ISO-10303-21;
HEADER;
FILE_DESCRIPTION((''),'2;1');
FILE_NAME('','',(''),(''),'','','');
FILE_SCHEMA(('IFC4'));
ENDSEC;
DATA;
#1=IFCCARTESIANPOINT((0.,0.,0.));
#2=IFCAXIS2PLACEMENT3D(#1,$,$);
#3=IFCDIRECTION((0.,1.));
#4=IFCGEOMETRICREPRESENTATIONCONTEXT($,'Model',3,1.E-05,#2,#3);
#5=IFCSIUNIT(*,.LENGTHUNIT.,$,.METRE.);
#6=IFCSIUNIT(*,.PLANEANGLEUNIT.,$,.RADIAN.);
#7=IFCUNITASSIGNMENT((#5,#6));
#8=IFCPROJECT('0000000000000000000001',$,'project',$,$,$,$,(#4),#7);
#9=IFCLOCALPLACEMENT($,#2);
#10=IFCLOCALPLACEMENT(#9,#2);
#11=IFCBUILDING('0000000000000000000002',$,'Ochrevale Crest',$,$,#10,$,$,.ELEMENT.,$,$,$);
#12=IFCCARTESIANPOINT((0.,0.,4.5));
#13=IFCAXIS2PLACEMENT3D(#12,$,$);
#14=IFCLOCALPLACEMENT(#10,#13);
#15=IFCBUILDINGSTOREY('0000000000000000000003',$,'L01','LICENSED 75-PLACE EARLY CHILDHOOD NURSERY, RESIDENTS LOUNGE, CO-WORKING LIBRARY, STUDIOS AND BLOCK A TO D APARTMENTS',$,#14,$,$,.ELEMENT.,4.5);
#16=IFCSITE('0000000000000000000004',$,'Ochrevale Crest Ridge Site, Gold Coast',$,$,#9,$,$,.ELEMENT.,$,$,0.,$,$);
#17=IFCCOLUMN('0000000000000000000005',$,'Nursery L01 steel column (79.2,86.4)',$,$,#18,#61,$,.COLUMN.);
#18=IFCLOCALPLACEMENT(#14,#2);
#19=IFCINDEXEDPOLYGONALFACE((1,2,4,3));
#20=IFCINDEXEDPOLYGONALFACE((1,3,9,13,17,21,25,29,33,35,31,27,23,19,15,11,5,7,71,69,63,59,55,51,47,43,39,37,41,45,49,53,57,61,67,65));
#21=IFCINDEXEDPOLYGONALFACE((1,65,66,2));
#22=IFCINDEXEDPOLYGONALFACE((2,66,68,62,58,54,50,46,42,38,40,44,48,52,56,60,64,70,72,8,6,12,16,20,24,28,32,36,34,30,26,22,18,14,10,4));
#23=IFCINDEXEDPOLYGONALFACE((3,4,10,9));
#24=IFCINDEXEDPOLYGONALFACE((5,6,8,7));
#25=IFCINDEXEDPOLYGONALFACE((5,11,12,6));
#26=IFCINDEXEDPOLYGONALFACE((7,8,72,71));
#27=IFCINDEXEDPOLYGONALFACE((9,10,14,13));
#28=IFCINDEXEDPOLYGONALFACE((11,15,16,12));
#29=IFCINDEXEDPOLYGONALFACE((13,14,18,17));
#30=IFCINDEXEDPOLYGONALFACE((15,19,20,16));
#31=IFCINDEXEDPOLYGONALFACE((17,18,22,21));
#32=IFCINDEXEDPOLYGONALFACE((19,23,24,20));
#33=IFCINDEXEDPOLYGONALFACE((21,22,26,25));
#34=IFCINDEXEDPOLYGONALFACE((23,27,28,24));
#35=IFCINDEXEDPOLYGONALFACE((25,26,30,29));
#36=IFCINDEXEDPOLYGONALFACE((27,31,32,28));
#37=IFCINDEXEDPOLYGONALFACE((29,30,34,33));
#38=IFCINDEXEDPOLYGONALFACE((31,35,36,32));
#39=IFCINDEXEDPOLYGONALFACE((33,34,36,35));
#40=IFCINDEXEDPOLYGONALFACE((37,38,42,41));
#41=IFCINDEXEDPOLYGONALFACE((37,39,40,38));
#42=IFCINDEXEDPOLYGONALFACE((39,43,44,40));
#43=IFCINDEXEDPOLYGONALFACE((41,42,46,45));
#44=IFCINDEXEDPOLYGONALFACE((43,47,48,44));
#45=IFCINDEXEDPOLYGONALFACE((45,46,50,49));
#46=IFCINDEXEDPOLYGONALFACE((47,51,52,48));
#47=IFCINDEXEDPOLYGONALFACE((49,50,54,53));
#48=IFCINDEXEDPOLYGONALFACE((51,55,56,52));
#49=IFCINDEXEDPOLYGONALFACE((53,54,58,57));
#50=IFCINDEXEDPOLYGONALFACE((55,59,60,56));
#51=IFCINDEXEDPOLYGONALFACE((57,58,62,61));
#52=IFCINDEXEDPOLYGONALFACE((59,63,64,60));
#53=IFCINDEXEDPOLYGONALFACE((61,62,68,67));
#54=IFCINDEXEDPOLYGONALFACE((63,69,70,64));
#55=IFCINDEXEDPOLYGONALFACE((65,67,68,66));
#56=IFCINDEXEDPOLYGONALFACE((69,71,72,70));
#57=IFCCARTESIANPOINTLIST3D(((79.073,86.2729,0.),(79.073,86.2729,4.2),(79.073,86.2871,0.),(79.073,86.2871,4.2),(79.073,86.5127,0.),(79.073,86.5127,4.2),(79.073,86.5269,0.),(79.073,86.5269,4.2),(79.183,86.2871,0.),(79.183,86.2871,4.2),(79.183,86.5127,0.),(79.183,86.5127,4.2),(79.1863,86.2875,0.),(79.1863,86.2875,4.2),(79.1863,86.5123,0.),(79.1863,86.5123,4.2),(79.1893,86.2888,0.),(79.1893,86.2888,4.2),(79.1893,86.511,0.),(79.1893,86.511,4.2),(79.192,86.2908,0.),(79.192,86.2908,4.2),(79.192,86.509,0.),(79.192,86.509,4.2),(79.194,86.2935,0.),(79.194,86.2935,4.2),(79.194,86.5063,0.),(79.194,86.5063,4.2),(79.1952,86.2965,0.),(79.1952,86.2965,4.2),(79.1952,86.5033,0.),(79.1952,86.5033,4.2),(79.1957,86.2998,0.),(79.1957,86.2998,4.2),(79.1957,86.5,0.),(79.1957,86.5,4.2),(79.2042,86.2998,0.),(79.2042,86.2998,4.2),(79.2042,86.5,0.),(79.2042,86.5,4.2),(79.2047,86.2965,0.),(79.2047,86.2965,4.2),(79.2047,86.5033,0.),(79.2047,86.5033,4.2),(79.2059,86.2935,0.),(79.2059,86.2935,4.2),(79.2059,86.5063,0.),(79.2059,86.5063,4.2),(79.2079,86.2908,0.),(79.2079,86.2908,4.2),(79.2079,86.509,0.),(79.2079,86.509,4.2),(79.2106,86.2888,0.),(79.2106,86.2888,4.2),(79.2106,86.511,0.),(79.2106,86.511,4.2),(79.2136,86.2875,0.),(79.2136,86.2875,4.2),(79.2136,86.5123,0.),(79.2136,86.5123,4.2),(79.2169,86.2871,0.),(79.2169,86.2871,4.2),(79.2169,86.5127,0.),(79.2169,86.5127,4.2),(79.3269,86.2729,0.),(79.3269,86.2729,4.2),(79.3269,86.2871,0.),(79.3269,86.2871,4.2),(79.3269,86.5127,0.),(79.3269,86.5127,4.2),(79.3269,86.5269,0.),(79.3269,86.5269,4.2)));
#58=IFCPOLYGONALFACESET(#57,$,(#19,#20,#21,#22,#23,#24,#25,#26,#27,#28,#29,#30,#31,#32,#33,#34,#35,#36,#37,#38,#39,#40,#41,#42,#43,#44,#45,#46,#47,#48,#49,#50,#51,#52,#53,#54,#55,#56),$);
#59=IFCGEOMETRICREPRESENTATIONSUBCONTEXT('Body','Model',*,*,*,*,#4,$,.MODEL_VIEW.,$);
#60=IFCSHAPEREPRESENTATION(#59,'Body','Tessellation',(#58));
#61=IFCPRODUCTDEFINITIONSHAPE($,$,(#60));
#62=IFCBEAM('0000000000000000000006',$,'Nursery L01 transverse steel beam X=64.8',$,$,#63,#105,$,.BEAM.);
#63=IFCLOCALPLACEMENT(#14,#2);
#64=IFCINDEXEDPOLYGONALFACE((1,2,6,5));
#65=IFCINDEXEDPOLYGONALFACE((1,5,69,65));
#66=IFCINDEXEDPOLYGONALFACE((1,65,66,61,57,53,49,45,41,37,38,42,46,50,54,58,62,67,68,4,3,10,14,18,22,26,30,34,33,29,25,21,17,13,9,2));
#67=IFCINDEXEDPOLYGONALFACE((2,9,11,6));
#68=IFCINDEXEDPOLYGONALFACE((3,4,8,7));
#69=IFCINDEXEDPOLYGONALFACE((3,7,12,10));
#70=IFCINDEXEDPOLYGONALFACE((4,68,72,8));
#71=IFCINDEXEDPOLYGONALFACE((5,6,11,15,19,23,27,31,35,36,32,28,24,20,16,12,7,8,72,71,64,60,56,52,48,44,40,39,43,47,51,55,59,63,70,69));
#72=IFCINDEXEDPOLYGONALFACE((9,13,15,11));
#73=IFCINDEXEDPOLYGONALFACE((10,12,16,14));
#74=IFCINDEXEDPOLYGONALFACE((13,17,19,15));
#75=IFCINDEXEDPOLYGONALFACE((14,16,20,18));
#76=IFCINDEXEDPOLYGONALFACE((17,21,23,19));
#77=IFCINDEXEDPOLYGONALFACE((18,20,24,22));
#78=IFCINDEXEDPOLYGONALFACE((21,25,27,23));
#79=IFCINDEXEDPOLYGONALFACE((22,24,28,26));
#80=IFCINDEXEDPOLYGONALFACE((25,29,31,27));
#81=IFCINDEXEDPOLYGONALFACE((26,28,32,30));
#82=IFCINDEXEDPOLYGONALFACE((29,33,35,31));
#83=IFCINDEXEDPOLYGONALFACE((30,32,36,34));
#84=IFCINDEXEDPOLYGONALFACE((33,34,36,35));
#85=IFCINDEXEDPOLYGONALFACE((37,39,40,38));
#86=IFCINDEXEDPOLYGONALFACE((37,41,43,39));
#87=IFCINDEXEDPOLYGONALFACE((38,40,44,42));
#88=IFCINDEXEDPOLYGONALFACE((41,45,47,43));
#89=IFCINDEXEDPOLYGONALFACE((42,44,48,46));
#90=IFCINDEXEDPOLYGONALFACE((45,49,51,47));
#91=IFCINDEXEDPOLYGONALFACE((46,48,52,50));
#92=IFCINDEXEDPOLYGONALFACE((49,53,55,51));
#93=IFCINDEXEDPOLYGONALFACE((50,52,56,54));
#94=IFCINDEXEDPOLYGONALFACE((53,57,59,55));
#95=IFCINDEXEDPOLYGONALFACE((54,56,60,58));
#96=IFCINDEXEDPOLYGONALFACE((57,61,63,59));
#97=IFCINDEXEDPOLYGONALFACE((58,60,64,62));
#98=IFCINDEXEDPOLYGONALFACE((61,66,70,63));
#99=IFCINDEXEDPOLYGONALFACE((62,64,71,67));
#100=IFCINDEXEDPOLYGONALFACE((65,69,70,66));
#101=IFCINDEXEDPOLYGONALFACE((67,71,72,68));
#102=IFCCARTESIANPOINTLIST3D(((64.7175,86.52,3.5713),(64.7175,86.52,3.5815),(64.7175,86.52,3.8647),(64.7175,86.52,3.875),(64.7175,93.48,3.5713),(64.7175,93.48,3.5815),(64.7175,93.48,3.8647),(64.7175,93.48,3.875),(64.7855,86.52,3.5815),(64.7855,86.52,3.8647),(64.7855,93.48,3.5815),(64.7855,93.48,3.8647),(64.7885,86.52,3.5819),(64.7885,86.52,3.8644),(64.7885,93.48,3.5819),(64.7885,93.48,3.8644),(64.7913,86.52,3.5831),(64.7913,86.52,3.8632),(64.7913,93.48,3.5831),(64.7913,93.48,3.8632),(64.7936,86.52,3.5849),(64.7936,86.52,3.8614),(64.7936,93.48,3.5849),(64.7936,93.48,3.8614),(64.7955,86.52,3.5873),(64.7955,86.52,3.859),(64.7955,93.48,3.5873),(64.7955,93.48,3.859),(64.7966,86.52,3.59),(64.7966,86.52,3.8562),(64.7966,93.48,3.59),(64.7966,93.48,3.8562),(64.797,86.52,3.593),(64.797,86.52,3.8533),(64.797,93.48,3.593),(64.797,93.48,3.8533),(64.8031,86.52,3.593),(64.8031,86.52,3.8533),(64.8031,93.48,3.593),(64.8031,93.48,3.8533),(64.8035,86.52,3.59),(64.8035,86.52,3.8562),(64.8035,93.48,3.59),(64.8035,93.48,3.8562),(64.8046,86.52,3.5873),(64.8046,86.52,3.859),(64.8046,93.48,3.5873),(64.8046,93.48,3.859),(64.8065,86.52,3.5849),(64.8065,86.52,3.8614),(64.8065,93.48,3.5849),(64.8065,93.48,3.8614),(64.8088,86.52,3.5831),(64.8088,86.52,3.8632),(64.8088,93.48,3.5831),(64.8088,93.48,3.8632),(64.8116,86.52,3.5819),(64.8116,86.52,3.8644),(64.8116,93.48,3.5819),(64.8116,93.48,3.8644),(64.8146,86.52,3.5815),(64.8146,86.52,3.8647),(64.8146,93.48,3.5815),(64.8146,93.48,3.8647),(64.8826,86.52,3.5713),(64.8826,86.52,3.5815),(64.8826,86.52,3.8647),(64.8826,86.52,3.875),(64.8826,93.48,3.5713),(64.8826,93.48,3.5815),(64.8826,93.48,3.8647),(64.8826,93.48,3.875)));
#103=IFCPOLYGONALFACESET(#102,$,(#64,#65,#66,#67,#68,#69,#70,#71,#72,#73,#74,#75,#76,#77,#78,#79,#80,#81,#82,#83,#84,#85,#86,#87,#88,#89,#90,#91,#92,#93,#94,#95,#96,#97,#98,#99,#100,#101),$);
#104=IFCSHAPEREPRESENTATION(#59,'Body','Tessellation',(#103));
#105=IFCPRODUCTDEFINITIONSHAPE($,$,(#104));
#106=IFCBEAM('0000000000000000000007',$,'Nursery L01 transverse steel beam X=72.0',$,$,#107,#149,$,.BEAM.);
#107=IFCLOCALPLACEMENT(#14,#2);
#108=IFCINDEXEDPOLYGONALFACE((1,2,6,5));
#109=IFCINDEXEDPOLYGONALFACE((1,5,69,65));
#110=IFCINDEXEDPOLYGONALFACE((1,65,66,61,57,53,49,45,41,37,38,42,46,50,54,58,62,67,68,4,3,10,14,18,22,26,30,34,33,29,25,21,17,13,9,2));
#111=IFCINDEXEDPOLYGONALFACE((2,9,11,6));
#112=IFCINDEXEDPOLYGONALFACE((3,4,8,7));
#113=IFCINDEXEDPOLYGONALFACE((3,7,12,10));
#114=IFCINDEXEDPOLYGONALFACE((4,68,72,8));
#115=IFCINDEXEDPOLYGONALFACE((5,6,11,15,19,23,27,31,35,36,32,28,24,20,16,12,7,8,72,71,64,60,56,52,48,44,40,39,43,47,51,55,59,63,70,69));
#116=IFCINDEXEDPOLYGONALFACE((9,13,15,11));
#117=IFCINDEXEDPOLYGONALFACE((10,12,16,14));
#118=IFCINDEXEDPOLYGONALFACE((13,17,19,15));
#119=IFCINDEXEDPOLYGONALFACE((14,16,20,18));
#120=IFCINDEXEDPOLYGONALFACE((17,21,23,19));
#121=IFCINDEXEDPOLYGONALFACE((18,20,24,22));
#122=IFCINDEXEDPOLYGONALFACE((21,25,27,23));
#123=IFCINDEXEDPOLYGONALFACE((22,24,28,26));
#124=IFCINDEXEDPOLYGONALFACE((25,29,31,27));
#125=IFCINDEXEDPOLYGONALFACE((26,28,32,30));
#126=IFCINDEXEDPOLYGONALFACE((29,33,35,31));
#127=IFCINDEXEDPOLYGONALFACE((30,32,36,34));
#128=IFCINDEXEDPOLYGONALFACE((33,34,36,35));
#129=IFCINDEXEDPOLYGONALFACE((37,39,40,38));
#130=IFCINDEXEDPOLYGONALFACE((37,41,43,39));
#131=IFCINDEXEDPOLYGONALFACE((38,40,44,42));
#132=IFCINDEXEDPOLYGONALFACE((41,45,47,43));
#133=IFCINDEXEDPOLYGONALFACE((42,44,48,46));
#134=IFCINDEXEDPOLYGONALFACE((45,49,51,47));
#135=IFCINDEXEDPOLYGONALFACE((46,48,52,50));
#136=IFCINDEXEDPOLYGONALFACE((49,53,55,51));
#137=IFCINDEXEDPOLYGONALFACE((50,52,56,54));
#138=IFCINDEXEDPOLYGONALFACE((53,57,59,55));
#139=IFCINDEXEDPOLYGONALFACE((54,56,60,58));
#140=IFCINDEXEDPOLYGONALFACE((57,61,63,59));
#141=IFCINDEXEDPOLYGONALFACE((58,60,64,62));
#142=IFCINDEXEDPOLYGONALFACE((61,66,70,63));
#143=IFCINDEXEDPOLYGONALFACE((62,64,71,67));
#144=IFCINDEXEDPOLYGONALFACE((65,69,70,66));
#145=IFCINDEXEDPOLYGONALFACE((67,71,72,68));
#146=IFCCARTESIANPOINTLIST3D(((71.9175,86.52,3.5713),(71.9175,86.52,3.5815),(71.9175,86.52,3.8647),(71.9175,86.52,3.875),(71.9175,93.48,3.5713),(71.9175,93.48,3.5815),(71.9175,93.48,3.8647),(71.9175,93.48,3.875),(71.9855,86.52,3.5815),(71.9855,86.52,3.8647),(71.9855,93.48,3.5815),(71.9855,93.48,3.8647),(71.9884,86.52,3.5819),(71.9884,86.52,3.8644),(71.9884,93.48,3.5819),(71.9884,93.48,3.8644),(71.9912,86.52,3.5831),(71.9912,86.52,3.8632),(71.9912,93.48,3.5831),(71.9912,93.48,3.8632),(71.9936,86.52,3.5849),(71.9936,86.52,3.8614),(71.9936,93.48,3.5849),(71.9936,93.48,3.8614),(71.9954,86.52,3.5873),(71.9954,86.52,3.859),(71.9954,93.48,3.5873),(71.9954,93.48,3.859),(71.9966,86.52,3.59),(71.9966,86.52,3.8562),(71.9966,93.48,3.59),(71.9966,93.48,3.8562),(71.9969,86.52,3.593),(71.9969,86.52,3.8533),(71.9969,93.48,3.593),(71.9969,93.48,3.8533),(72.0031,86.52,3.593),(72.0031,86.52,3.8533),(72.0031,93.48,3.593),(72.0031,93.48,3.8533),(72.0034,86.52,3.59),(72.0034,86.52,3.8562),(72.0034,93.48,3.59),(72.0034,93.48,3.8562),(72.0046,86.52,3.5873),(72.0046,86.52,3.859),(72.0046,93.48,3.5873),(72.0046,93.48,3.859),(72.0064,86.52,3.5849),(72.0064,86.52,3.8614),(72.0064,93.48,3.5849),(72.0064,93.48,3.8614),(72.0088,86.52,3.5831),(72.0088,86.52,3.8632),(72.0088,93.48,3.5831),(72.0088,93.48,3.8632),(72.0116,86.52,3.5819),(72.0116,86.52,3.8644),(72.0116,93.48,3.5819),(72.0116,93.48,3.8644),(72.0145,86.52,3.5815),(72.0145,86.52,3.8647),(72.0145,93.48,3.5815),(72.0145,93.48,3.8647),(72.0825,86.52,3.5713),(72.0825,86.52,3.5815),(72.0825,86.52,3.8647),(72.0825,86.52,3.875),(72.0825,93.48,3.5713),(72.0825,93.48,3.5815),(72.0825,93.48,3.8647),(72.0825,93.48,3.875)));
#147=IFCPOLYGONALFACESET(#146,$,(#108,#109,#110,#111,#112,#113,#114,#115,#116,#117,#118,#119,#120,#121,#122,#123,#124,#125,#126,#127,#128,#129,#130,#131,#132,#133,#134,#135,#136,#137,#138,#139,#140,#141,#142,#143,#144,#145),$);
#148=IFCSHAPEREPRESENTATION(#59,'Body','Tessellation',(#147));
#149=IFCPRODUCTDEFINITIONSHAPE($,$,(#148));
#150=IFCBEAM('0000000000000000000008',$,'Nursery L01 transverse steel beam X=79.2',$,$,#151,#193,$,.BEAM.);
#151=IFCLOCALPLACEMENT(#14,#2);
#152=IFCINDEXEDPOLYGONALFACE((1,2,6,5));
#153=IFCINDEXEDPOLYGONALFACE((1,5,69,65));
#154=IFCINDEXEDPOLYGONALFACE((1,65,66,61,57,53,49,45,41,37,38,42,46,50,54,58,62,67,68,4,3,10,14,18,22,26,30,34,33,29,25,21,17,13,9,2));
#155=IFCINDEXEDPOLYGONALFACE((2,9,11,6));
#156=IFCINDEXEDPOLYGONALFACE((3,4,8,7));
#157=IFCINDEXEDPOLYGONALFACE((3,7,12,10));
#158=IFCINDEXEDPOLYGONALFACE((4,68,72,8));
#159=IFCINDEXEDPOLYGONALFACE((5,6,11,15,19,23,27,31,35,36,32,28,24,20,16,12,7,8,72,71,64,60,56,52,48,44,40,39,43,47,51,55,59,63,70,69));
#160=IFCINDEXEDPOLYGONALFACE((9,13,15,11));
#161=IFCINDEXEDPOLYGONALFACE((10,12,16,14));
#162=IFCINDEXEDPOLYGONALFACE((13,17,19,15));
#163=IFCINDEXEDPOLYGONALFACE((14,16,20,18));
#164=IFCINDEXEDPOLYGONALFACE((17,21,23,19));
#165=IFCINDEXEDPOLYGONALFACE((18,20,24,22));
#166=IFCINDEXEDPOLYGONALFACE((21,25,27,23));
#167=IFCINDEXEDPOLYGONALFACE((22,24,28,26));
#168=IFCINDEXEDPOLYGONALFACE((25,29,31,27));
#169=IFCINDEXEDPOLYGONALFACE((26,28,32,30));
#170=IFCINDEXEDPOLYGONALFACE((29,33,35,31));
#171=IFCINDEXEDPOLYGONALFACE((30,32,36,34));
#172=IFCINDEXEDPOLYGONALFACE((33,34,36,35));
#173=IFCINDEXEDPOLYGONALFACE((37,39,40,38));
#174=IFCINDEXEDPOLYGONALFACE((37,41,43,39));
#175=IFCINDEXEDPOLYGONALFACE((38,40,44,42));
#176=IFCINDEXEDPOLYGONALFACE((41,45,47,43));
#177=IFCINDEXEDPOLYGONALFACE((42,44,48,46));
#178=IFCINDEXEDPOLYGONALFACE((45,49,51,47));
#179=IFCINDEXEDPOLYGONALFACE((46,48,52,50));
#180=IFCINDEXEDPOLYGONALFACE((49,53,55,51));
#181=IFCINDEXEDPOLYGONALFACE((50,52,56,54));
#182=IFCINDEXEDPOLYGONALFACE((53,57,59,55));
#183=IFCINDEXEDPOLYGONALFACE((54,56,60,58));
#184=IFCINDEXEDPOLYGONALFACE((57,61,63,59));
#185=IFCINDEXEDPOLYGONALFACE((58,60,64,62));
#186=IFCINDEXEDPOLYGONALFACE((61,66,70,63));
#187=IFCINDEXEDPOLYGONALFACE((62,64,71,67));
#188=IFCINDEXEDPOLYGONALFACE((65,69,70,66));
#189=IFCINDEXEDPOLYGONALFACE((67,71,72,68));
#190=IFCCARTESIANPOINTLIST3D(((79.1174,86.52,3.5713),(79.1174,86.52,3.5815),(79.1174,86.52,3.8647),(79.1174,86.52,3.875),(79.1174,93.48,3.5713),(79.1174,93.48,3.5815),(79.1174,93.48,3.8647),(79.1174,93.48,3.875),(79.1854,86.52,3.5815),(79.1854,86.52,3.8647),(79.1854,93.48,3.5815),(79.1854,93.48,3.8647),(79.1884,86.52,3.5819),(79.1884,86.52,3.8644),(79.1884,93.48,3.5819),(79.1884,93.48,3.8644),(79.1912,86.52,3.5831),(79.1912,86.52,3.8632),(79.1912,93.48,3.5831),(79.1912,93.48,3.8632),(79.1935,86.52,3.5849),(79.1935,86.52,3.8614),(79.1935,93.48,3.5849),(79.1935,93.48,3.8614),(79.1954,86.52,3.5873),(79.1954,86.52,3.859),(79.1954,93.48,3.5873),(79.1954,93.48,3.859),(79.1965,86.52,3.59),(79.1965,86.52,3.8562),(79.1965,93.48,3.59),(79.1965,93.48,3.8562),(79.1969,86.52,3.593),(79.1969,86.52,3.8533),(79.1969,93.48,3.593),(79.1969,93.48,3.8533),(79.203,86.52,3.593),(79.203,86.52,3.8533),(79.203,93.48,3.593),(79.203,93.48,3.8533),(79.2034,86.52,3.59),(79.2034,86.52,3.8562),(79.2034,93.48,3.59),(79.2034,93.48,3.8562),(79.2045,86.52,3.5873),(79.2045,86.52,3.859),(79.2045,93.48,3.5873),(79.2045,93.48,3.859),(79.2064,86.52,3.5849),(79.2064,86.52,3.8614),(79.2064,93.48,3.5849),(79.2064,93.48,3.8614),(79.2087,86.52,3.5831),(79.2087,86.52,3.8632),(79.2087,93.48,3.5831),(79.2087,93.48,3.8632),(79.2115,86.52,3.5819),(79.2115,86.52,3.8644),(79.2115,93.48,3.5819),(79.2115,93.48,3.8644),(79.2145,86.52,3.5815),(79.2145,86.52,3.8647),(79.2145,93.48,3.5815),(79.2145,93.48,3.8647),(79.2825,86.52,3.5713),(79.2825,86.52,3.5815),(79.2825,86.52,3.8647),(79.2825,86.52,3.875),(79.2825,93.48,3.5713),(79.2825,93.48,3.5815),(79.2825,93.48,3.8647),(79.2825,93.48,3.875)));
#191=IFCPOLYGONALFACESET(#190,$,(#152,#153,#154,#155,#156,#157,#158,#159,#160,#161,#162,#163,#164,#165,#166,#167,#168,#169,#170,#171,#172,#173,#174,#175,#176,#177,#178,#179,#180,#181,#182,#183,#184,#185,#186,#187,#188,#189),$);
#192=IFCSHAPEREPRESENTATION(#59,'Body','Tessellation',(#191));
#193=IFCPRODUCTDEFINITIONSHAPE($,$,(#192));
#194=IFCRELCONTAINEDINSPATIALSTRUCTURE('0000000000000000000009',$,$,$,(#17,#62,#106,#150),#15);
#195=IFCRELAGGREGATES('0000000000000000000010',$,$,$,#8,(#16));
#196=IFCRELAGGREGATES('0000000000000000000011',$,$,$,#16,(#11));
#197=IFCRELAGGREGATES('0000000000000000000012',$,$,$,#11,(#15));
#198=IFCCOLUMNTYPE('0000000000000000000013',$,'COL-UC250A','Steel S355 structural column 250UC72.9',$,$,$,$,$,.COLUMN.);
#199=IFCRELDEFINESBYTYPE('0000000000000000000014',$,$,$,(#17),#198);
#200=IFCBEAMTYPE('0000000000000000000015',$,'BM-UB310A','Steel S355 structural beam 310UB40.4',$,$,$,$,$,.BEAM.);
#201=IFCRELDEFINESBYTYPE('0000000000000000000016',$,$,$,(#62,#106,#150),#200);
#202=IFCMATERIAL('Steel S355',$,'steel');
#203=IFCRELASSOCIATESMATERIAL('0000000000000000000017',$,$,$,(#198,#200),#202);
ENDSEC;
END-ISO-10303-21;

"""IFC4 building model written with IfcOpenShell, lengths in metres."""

from ifc_helpers import new_model, si_unit, direction, frame, origin, origin_2d, place, context, subcontext, project, spatial, i_section, extrude, material, material_profile, profile_set, type_object, element, save


model = new_model("IFC4")

# Units and contexts
model_context = context("Model", 3, precision=1e-05, world=origin(), true_north=direction((0.0, 1.0)))
body_context = subcontext(model_context, "Body", "Model", "MODEL_VIEW")
ifc_project = project(units=[si_unit("LENGTHUNIT", "METRE"), si_unit("PLANEANGLEUNIT", "RADIAN")], contexts=[model_context])

# Site, building, storey
site_placement = place(None, origin())
site = spatial("IfcSite", under=ifc_project, at=site_placement, Name="Ochrevale Crest Ridge Site, Gold Coast", CompositionType="ELEMENT", RefElevation=0.0)
building_placement = place(site_placement, origin())
building = spatial("IfcBuilding", under=site, at=building_placement, Name="Ochrevale Crest", CompositionType="ELEMENT")
storey_placement = place(building_placement, frame((0.0, 0.0, 4.5)))
storey = spatial("IfcBuildingStorey", under=building, at=storey_placement, Name="L01", Description="LICENSED 75-PLACE EARLY CHILDHOOD NURSERY, RESIDENTS LOUNGE, CO-WORKING LIBRARY, STUDIOS AND BLOCK A TO D APARTMENTS", CompositionType="ELEMENT", Elevation=4.5)

# Column
ifc_material_1 = material(Name="Steel S355", Category="steel")
ifc_material_profile_1 = material_profile(ifc_material_1, i_section(OverallWidth=0.2539, OverallDepth=0.2539, WebThickness=0.0085, FlangeThickness=0.0142, FilletRadius=0.0127, at=origin_2d()), Name="250UC72.9")
ifc_profile_set_1 = profile_set([ifc_material_profile_1], Name="Steel S355")
column_type_1 = type_object("IfcColumnType", Name="COL-UC250A", Description="Steel S355 structural column 250UC72.9", PredefinedType="COLUMN", material=ifc_profile_set_1)
for number, where, z_axis, x_axis, name in (
    (1, (79.2, 86.3999, 0.0), (0.0, 0.0, 1.0), (1.0, 0.0, 0.0), "Nursery L01 steel column (79.2,86.4)"),
):
    element("IfcColumn", number, at=place(storey_placement, frame(where, z_axis=z_axis, x_axis=x_axis)), inside=storey, type_object=column_type_1, Name=name, PredefinedType="COLUMN", context=body_context, shape_type="SweptSolid", body=[
        extrude(i_section(OverallWidth=0.2539, OverallDepth=0.2539, WebThickness=0.0085, FlangeThickness=0.0142, FilletRadius=0.0127, at=origin_2d()), origin(), (0.0, 0.0, 1.0), 4.2),
    ])

# Beams
ifc_material_profile_2 = material_profile(ifc_material_1, i_section(OverallWidth=0.165, OverallDepth=0.3037, WebThickness=0.0061, FlangeThickness=0.0103, FilletRadius=0.0115, at=origin_2d()), Name="310UB40.4")
ifc_profile_set_2 = profile_set([ifc_material_profile_2], Name="Steel S355")
beam_type_1 = type_object("IfcBeamType", Name="BM-UB310A", Description="Steel S355 structural beam 310UB40.4", PredefinedType="BEAM", material=ifc_profile_set_2)
for number, where, z_axis, x_axis, name in (
    (2, (64.8, 86.52, 3.7231), (0.0, 1.0, 0.0), (-1.0, 0.0, 0.0), "Nursery L01 transverse steel beam X=64.8"),
    (3, (72.0, 86.52, 3.7231), (0.0, 1.0, 0.0), (-1.0, 0.0, 0.0), "Nursery L01 transverse steel beam X=72.0"),
    (4, (79.2, 86.52, 3.7231), (0.0, 1.0, 0.0), (-1.0, 0.0, 0.0), "Nursery L01 transverse steel beam X=79.2"),
):
    element("IfcBeam", number, at=place(storey_placement, frame(where, z_axis=z_axis, x_axis=x_axis)), inside=storey, type_object=beam_type_1, Name=name, PredefinedType="BEAM", context=body_context, shape_type="SweptSolid", body=[
        extrude(i_section(OverallWidth=0.165, OverallDepth=0.3037, WebThickness=0.0061, FlangeThickness=0.0103, FilletRadius=0.0115, at=origin_2d()), origin(), (0.0, 0.0, 1.0), 6.96),
    ])

save(model, "model.ifc")
